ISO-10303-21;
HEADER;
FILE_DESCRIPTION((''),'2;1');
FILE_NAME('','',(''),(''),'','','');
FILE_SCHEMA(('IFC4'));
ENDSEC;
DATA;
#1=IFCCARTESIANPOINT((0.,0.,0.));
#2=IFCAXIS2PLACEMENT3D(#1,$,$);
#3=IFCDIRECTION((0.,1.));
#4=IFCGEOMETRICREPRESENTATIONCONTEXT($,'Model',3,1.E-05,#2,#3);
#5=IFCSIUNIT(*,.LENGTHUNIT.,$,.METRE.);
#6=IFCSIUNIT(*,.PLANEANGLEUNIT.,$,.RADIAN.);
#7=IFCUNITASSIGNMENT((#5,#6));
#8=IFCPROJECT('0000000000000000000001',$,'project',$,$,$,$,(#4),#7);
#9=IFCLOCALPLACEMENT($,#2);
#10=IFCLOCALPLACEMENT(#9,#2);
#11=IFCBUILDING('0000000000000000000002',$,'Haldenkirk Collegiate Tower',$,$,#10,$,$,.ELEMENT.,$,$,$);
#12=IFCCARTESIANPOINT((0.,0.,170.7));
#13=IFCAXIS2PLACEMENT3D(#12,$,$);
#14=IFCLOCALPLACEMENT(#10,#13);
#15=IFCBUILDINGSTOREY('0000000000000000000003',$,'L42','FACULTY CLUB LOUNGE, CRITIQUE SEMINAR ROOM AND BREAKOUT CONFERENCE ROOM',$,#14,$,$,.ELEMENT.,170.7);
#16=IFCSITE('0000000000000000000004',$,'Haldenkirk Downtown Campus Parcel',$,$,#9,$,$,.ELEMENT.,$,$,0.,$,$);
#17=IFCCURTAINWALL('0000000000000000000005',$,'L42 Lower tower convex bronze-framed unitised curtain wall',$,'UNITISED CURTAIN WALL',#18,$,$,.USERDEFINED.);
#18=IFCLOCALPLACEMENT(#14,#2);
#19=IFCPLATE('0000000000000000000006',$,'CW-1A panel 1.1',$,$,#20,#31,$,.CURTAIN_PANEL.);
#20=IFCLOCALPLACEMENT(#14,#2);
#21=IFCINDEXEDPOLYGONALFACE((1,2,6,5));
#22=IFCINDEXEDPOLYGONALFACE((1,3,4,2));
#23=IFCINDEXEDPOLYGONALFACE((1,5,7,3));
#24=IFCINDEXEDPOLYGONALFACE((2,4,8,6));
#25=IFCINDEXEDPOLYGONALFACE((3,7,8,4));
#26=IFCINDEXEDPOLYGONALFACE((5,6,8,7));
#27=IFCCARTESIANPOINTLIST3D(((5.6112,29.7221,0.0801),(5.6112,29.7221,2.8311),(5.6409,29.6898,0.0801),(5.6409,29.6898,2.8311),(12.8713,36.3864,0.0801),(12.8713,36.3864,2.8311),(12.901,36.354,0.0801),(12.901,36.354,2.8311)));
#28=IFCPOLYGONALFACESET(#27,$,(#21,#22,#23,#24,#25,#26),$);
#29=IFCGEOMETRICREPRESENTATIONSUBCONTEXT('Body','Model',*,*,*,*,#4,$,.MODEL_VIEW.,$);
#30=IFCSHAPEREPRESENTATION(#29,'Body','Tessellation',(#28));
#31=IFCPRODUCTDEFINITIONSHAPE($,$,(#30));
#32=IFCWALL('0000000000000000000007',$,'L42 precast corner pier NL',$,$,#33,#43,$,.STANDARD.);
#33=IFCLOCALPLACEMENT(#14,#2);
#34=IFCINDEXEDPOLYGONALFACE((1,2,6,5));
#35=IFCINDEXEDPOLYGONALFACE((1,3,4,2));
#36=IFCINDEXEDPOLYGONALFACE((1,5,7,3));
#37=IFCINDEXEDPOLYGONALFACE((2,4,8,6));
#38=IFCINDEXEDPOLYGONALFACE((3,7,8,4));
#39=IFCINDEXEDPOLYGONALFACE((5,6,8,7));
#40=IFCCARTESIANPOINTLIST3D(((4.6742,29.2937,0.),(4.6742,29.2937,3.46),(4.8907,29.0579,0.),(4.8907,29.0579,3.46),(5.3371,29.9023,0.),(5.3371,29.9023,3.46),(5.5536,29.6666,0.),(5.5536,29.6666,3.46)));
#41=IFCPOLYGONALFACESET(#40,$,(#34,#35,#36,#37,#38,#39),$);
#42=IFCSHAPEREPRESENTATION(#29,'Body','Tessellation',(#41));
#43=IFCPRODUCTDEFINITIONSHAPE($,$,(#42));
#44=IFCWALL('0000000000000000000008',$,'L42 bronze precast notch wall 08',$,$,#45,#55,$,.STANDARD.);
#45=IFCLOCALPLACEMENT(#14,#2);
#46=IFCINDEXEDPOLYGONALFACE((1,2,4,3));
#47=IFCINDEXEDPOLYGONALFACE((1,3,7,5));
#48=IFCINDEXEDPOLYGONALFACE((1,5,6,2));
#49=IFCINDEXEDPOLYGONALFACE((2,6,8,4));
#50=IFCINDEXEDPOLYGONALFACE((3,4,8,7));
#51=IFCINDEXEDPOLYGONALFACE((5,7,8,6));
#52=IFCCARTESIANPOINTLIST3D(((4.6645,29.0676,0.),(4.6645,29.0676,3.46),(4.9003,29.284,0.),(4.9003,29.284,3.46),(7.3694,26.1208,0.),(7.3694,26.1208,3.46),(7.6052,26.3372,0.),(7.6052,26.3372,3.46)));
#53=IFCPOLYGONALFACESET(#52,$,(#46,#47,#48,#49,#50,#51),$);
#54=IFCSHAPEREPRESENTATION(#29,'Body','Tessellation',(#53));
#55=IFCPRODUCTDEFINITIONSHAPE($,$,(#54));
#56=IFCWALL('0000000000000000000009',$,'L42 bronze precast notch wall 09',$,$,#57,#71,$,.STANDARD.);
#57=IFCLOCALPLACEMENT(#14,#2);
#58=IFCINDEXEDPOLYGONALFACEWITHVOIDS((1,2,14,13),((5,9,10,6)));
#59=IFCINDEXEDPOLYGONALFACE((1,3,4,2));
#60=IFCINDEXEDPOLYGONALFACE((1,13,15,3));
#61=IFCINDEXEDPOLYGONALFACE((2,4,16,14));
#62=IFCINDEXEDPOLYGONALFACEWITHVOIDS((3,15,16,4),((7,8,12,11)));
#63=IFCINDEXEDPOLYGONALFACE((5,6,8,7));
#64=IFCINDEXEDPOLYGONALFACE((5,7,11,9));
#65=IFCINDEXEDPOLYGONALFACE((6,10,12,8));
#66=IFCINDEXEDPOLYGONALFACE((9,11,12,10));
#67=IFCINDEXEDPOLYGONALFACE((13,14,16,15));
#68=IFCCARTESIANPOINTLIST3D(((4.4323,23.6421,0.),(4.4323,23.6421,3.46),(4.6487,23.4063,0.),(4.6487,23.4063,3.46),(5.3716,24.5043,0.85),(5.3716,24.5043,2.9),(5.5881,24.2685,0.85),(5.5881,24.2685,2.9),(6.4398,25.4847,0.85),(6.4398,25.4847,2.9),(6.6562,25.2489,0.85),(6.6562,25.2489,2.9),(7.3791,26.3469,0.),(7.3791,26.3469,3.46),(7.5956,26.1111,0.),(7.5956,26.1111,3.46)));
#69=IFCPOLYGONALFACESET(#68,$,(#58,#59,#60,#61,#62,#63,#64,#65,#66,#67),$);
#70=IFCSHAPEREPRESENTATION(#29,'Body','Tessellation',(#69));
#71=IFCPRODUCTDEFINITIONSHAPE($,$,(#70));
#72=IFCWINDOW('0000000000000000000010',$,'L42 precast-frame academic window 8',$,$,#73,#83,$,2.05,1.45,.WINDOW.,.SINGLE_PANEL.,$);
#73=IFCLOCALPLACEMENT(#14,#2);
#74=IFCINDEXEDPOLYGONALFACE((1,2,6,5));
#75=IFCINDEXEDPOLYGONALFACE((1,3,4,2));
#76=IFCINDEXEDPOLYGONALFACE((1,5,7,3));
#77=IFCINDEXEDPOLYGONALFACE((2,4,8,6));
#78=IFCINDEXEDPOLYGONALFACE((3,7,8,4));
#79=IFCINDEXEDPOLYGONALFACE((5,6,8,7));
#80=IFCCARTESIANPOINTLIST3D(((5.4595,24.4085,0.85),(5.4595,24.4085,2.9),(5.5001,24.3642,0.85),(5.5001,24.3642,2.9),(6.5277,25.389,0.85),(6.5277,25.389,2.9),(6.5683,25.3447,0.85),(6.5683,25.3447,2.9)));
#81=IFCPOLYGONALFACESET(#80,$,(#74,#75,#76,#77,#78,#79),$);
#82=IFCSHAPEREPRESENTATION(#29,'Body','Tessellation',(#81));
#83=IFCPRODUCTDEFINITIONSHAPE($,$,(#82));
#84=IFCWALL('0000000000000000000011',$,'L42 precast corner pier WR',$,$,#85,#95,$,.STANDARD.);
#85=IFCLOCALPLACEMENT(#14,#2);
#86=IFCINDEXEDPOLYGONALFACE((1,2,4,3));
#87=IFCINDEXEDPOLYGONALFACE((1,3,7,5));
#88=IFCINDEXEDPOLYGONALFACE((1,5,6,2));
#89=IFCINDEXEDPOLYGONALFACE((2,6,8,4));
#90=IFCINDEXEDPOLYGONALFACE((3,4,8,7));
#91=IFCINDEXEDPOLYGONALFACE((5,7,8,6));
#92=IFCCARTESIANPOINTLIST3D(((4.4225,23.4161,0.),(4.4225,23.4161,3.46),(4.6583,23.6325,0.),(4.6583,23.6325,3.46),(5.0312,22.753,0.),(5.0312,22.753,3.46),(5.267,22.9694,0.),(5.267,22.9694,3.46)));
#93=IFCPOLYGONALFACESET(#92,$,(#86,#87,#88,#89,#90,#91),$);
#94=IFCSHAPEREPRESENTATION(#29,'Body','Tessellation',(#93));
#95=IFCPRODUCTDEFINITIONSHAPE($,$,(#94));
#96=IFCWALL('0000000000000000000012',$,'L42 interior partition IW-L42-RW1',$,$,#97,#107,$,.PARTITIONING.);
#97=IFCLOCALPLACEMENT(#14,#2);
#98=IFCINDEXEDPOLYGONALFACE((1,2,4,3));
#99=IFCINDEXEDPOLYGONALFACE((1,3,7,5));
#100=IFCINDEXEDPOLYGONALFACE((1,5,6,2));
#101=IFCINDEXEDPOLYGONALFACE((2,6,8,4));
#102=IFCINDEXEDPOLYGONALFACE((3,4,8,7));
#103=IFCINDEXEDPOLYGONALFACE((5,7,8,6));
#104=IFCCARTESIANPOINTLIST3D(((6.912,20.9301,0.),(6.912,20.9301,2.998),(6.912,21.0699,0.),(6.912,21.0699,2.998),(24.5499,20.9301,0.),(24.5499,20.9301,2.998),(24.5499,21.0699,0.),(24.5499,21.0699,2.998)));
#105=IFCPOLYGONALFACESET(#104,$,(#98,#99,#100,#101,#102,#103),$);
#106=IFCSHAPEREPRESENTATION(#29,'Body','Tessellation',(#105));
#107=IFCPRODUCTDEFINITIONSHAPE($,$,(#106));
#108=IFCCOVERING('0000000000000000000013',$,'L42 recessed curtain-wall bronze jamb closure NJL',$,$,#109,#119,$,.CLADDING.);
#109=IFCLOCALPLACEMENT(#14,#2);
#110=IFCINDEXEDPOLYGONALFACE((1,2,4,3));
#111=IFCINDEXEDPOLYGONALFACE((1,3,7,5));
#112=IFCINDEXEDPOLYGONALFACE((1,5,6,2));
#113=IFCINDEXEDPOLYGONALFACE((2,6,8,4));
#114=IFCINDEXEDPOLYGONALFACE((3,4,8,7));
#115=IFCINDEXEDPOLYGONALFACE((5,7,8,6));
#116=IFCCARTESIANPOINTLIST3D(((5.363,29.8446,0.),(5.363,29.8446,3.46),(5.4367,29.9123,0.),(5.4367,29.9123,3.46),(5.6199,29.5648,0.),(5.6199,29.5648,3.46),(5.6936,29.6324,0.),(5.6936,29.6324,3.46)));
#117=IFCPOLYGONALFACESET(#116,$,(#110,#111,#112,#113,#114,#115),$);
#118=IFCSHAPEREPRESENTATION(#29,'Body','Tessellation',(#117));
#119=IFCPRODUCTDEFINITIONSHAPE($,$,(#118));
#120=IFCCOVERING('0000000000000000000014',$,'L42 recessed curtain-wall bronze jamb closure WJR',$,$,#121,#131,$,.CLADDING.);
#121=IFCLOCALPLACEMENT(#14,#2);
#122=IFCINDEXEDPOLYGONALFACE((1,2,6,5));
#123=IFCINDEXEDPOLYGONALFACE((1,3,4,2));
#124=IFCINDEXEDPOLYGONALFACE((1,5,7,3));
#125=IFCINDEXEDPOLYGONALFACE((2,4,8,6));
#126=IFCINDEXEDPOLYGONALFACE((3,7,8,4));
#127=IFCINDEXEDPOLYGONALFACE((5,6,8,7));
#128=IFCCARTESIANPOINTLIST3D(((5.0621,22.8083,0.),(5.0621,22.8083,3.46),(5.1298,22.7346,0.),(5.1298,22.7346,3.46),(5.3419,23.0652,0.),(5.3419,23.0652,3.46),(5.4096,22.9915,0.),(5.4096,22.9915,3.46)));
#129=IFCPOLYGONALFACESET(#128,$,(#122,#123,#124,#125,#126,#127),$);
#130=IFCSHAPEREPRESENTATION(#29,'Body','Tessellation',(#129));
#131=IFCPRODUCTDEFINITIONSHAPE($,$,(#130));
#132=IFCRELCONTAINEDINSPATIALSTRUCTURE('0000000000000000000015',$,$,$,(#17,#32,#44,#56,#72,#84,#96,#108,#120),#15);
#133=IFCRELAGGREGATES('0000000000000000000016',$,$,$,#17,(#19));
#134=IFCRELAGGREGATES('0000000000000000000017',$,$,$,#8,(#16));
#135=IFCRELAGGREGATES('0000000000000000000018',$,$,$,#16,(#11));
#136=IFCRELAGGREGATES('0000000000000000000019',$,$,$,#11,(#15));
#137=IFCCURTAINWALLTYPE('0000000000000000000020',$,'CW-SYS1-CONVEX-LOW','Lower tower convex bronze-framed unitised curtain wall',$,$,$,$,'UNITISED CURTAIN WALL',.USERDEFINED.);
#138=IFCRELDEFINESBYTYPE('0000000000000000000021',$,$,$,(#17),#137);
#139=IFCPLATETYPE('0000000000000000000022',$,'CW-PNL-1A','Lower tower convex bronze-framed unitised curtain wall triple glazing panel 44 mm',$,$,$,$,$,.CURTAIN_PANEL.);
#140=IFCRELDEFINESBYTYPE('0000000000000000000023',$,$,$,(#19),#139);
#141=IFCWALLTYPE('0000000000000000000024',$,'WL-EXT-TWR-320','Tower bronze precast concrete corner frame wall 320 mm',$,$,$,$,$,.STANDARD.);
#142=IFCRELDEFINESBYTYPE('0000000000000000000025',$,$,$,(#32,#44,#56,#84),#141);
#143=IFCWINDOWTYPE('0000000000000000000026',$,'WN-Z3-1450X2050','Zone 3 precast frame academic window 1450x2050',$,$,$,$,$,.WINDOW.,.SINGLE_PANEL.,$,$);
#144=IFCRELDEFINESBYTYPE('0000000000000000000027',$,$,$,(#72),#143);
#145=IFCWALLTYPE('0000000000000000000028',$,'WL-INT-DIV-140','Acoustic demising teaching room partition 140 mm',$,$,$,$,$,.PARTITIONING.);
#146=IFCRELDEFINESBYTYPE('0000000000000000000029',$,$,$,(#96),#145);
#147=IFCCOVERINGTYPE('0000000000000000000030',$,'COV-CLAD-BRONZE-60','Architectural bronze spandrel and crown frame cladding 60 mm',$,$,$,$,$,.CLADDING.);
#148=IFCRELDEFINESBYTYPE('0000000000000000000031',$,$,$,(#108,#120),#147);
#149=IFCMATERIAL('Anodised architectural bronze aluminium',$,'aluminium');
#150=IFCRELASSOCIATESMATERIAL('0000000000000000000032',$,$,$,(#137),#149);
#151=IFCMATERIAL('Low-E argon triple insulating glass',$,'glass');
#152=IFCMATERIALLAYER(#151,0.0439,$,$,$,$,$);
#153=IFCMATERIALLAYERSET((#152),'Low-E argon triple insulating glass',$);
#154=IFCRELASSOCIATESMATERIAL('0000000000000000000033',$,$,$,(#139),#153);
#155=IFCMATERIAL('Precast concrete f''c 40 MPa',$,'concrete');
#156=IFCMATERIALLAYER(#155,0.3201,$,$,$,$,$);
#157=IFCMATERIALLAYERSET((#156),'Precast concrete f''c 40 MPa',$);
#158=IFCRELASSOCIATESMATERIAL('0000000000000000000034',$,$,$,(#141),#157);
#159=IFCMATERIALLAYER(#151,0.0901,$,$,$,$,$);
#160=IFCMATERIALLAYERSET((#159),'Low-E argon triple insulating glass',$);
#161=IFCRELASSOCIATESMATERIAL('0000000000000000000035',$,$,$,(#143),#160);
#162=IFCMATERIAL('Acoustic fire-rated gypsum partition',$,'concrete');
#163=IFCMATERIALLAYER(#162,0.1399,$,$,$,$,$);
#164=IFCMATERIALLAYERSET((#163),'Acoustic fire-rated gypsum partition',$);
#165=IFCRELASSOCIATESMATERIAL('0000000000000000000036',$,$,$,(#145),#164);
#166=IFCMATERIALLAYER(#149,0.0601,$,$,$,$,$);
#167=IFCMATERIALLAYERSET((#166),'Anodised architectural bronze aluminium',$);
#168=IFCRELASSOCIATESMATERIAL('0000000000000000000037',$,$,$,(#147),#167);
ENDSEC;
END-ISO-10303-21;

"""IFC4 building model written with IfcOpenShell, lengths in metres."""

from ifc_helpers import new_model, si_unit, direction, frame, frame_2d, origin, origin_2d, place, context, subcontext, project, spatial, rectangle, extrude, source, transform, mapped, material, layer, layer_set, type_object, element, fill, aggregate, save


model = new_model("IFC4")

# Units and contexts
model_context = context("Model", 3, precision=1e-05, world=origin(), true_north=direction((0.0, 1.0)))
body_context = subcontext(model_context, "Body", "Model", "MODEL_VIEW")
ifc_project = project(units=[si_unit("LENGTHUNIT", "METRE"), si_unit("PLANEANGLEUNIT", "RADIAN")], contexts=[model_context])

# Site, building, storey
site_placement = place(None, origin())
site = spatial("IfcSite", under=ifc_project, at=site_placement, Name="Haldenkirk Downtown Campus Parcel", CompositionType="ELEMENT", RefElevation=0.0)
building_placement = place(site_placement, origin())
building = spatial("IfcBuilding", under=site, at=building_placement, Name="Haldenkirk Collegiate Tower", CompositionType="ELEMENT")
storey_placement = place(building_placement, frame((0.0, 0.0, 170.7)))
storey = spatial("IfcBuildingStorey", under=building, at=storey_placement, Name="L42", Description="FACULTY CLUB LOUNGE, CRITIQUE SEMINAR ROOM AND BREAKOUT CONFERENCE ROOM", CompositionType="ELEMENT", Elevation=170.7)

# Curtain wall
ifc_material_1 = material(Name="Anodised architectural bronze aluminium", Category="aluminium")
curtain_wall_type = type_object("IfcCurtainWallType", Name="CW-SYS1-CONVEX-LOW", Description="Lower tower convex bronze-framed unitised curtain wall", ElementType="UNITISED CURTAIN WALL", PredefinedType="USERDEFINED", material=ifc_material_1)
curtain_wall_1_placement = place(storey_placement, origin())
curtain_wall_1 = element("IfcCurtainWall", 1, at=curtain_wall_1_placement, inside=storey, type_object=curtain_wall_type, Name="L42 Lower tower convex bronze-framed unitised curtain wall", ObjectType="UNITISED CURTAIN WALL", PredefinedType="USERDEFINED")

# Plate
ifc_material_2 = material(Name="Low-E argon triple insulating glass", Category="glass")
ifc_layer_1 = layer(ifc_material_2, 0.0439)
ifc_layer_set_1 = layer_set([ifc_layer_1], Name="Low-E argon triple insulating glass")
plate_type = type_object("IfcPlateType", Name="CW-PNL-1A", Description="Lower tower convex bronze-framed unitised curtain wall triple glazing panel 44 mm", PredefinedType="CURTAIN_PANEL", material=ifc_layer_set_1)
shared_shape_1 = source(origin(), body_context, "Body", "SweptSolid", [
    extrude(rectangle(XDim=9.855, YDim=0.0439, at=origin_2d()), origin(), (0.0, 0.0, 1.0), 2.751),
])
plate_placement = place(storey_placement, frame((9.2561, 33.0381, 0.0801), z_axis=(0.0, 0.0, 1.0), x_axis=(0.736688, 0.676232, 0.0)))
plate = element("IfcPlate", 2, at=plate_placement, type_object=plate_type, Name="CW-1A panel 1.1", PredefinedType="CURTAIN_PANEL", context=body_context, shape_type="MappedRepresentation", body=[
    mapped(shared_shape_1, transform((0.0, 0.0, 0.0), x_axis=(1.0, 0.0, 0.0), y_axis=(0.0, 1.0, 0.0), z_axis=(0.0, 0.0, 1.0), scale=1.0)),
])
aggregate(curtain_wall_1, [plate])

# Walls
ifc_material_3 = material(Name="Precast concrete f'c 40 MPa", Category="concrete")
ifc_layer_2 = layer(ifc_material_3, 0.3201)
ifc_layer_set_2 = layer_set([ifc_layer_2], Name="Precast concrete f'c 40 MPa")
wall_type_1 = type_object("IfcWallType", Name="WL-EXT-TWR-320", Description="Tower bronze precast concrete corner frame wall 320 mm", PredefinedType="STANDARD", material=ifc_layer_set_2)
wall_1_placement = place(storey_placement, frame((4.7825, 29.1758, 0.0), z_axis=(0.0, 0.0, 1.0), x_axis=(0.73658, 0.676351, 0.0)))
element("IfcWall", 3, at=wall_1_placement, inside=storey, type_object=wall_type_1, Name="L42 precast corner pier NL", PredefinedType="STANDARD", context=body_context, shape_type="SweptSolid", body=[
    extrude(rectangle(XDim=0.8999, YDim=0.3201, at=frame_2d((0.45, 0.0))), origin(), (0.0, 0.0, 1.0), 3.46),
])
wall_2_placement = place(storey_placement, frame((7.4873, 26.229, 0.0), z_axis=(0.0, 0.0, 1.0), x_axis=(-0.676216, 0.736703, 0.0)))
element("IfcWall", 4, at=wall_2_placement, inside=storey, type_object=wall_type_1, Name="L42 bronze precast notch wall 08", PredefinedType="STANDARD", context=body_context, shape_type="SweptSolid", body=[
    extrude(rectangle(XDim=4.0, YDim=0.3201, at=frame_2d((2.0, 0.0))), origin(), (0.0, 0.0, 1.0), 3.46),
])

# Wall, opening, window
wall_3_placement = place(storey_placement, frame((4.5405, 23.5242, 0.0), z_axis=(0.0, 0.0, 1.0), x_axis=(0.736703, 0.676216, 0.0)))
wall_3 = element("IfcWall", 5, at=wall_3_placement, inside=storey, type_object=wall_type_1, Name="L42 bronze precast notch wall 09", PredefinedType="STANDARD", context=body_context, shape_type="SweptSolid", body=[
    extrude(rectangle(XDim=4.0, YDim=0.3201, at=frame_2d((2.0, 0.0))), origin(), (0.0, 0.0, 1.0), 3.46),
])
opening_placement = place(wall_3_placement, frame((1.2749, 0.0, 0.8501)))
opening = element("IfcOpeningElement", 6, at=opening_placement, cuts=wall_3, PredefinedType="OPENING", context=body_context, shape_type="SweptSolid", body=[
    extrude(rectangle(XDim=1.45, YDim=2.05, at=frame_2d((0.7251, 1.0249))), frame((0.0, 0.1699, 0.0), z_axis=(0.0, -1.0, 0.0), x_axis=(1.0, 0.0, 0.0)), (0.0, 0.0, 1.0), 0.3401),
])
ifc_layer_3 = layer(ifc_material_2, 0.0901)
ifc_layer_set_3 = layer_set([ifc_layer_3], Name="Low-E argon triple insulating glass")
window_type = type_object("IfcWindowType", Name="WN-Z3-1450X2050", Description="Zone 3 precast frame academic window 1450x2050", PartitioningType="SINGLE_PANEL", PredefinedType="WINDOW", material=ifc_layer_set_3)
window_placement = place(opening_placement, origin())
window = element("IfcWindow", 7, at=window_placement, inside=storey, type_object=window_type, Name="L42 precast-frame academic window 8", OverallHeight=2.05, OverallWidth=1.45, PartitioningType="SINGLE_PANEL", PredefinedType="WINDOW", context=body_context, shape_type="SweptSolid", body=[
    extrude(rectangle(XDim=1.45, YDim=2.05, at=frame_2d((0.7251, 1.0249))), frame((0.0, 0.03, 0.0), z_axis=(0.0, -1.0, 0.0), x_axis=(1.0, 0.0, 0.0)), (0.0, 0.0, 1.0), 0.0601),
])
fill(opening, window)

# Walls
wall_4_placement = place(storey_placement, frame((5.1492, 22.8611, 0.0), z_axis=(0.0, 0.0, 1.0), x_axis=(-0.676216, 0.736704, 0.0)))
element("IfcWall", 8, at=wall_4_placement, inside=storey, type_object=wall_type_1, Name="L42 precast corner pier WR", PredefinedType="STANDARD", context=body_context, shape_type="SweptSolid", body=[
    extrude(rectangle(XDim=0.9001, YDim=0.3201, at=frame_2d((0.4502, 0.0))), origin(), (0.0, 0.0, 1.0), 3.46),
])
ifc_material_4 = material(Name="Acoustic fire-rated gypsum partition", Category="concrete")
ifc_layer_4 = layer(ifc_material_4, 0.1399)
ifc_layer_set_4 = layer_set([ifc_layer_4], Name="Acoustic fire-rated gypsum partition")
wall_type_2 = type_object("IfcWallType", Name="WL-INT-DIV-140", Description="Acoustic demising teaching room partition 140 mm", PredefinedType="PARTITIONING", material=ifc_layer_set_4)
wall_5_placement = place(storey_placement, frame((6.9121, 21.0, 0.0), z_axis=(0.0, 0.0, 1.0), x_axis=(1.0, 0.0, 0.0)))
element("IfcWall", 9, at=wall_5_placement, inside=storey, type_object=wall_type_2, Name="L42 interior partition IW-L42-RW1", PredefinedType="PARTITIONING", context=body_context, shape_type="SweptSolid", body=[
    extrude(rectangle(XDim=17.6379, YDim=0.1399, at=frame_2d((8.8188, 0.0))), origin(), (0.0, 0.0, 1.0), 2.998),
])

# Coverings
ifc_layer_5 = layer(ifc_material_1, 0.0601)
ifc_layer_set_5 = layer_set([ifc_layer_5], Name="Anodised architectural bronze aluminium")
covering_type = type_object("IfcCoveringType", Name="COV-CLAD-BRONZE-60", Description="Architectural bronze spandrel and crown frame cladding 60 mm", PredefinedType="CLADDING", material=ifc_layer_set_5)
shared_shape_2 = source(origin(), body_context, "Body", "SweptSolid", [
    extrude(rectangle(XDim=0.1001, YDim=0.3799, at=origin_2d()), origin(), (0.0, 0.0, 1.0), 3.46),
])
for number, where, z_axis, x_axis, name in (
    (10, (5.5283, 29.7385, 0.0), (0.0, 0.0, 1.0), (0.736687, 0.676233, 0.0), "L42 recessed curtain-wall bronze jamb closure NJL"),
    (11, (5.2358, 22.8999, 0.0), (0.0, 0.0, 1.0), (-0.676233, 0.736687, 0.0), "L42 recessed curtain-wall bronze jamb closure WJR"),
):
    element("IfcCovering", number, at=place(storey_placement, frame(where, z_axis=z_axis, x_axis=x_axis)), inside=storey, type_object=covering_type, Name=name, PredefinedType="CLADDING", context=body_context, shape_type="MappedRepresentation", body=[
        mapped(shared_shape_2, transform((0.0, 0.0, 0.0), x_axis=(1.0, 0.0, 0.0), y_axis=(0.0, 1.0, 0.0), z_axis=(0.0, 0.0, 1.0), scale=1.0)),
    ])

save(model, "model.ifc")
